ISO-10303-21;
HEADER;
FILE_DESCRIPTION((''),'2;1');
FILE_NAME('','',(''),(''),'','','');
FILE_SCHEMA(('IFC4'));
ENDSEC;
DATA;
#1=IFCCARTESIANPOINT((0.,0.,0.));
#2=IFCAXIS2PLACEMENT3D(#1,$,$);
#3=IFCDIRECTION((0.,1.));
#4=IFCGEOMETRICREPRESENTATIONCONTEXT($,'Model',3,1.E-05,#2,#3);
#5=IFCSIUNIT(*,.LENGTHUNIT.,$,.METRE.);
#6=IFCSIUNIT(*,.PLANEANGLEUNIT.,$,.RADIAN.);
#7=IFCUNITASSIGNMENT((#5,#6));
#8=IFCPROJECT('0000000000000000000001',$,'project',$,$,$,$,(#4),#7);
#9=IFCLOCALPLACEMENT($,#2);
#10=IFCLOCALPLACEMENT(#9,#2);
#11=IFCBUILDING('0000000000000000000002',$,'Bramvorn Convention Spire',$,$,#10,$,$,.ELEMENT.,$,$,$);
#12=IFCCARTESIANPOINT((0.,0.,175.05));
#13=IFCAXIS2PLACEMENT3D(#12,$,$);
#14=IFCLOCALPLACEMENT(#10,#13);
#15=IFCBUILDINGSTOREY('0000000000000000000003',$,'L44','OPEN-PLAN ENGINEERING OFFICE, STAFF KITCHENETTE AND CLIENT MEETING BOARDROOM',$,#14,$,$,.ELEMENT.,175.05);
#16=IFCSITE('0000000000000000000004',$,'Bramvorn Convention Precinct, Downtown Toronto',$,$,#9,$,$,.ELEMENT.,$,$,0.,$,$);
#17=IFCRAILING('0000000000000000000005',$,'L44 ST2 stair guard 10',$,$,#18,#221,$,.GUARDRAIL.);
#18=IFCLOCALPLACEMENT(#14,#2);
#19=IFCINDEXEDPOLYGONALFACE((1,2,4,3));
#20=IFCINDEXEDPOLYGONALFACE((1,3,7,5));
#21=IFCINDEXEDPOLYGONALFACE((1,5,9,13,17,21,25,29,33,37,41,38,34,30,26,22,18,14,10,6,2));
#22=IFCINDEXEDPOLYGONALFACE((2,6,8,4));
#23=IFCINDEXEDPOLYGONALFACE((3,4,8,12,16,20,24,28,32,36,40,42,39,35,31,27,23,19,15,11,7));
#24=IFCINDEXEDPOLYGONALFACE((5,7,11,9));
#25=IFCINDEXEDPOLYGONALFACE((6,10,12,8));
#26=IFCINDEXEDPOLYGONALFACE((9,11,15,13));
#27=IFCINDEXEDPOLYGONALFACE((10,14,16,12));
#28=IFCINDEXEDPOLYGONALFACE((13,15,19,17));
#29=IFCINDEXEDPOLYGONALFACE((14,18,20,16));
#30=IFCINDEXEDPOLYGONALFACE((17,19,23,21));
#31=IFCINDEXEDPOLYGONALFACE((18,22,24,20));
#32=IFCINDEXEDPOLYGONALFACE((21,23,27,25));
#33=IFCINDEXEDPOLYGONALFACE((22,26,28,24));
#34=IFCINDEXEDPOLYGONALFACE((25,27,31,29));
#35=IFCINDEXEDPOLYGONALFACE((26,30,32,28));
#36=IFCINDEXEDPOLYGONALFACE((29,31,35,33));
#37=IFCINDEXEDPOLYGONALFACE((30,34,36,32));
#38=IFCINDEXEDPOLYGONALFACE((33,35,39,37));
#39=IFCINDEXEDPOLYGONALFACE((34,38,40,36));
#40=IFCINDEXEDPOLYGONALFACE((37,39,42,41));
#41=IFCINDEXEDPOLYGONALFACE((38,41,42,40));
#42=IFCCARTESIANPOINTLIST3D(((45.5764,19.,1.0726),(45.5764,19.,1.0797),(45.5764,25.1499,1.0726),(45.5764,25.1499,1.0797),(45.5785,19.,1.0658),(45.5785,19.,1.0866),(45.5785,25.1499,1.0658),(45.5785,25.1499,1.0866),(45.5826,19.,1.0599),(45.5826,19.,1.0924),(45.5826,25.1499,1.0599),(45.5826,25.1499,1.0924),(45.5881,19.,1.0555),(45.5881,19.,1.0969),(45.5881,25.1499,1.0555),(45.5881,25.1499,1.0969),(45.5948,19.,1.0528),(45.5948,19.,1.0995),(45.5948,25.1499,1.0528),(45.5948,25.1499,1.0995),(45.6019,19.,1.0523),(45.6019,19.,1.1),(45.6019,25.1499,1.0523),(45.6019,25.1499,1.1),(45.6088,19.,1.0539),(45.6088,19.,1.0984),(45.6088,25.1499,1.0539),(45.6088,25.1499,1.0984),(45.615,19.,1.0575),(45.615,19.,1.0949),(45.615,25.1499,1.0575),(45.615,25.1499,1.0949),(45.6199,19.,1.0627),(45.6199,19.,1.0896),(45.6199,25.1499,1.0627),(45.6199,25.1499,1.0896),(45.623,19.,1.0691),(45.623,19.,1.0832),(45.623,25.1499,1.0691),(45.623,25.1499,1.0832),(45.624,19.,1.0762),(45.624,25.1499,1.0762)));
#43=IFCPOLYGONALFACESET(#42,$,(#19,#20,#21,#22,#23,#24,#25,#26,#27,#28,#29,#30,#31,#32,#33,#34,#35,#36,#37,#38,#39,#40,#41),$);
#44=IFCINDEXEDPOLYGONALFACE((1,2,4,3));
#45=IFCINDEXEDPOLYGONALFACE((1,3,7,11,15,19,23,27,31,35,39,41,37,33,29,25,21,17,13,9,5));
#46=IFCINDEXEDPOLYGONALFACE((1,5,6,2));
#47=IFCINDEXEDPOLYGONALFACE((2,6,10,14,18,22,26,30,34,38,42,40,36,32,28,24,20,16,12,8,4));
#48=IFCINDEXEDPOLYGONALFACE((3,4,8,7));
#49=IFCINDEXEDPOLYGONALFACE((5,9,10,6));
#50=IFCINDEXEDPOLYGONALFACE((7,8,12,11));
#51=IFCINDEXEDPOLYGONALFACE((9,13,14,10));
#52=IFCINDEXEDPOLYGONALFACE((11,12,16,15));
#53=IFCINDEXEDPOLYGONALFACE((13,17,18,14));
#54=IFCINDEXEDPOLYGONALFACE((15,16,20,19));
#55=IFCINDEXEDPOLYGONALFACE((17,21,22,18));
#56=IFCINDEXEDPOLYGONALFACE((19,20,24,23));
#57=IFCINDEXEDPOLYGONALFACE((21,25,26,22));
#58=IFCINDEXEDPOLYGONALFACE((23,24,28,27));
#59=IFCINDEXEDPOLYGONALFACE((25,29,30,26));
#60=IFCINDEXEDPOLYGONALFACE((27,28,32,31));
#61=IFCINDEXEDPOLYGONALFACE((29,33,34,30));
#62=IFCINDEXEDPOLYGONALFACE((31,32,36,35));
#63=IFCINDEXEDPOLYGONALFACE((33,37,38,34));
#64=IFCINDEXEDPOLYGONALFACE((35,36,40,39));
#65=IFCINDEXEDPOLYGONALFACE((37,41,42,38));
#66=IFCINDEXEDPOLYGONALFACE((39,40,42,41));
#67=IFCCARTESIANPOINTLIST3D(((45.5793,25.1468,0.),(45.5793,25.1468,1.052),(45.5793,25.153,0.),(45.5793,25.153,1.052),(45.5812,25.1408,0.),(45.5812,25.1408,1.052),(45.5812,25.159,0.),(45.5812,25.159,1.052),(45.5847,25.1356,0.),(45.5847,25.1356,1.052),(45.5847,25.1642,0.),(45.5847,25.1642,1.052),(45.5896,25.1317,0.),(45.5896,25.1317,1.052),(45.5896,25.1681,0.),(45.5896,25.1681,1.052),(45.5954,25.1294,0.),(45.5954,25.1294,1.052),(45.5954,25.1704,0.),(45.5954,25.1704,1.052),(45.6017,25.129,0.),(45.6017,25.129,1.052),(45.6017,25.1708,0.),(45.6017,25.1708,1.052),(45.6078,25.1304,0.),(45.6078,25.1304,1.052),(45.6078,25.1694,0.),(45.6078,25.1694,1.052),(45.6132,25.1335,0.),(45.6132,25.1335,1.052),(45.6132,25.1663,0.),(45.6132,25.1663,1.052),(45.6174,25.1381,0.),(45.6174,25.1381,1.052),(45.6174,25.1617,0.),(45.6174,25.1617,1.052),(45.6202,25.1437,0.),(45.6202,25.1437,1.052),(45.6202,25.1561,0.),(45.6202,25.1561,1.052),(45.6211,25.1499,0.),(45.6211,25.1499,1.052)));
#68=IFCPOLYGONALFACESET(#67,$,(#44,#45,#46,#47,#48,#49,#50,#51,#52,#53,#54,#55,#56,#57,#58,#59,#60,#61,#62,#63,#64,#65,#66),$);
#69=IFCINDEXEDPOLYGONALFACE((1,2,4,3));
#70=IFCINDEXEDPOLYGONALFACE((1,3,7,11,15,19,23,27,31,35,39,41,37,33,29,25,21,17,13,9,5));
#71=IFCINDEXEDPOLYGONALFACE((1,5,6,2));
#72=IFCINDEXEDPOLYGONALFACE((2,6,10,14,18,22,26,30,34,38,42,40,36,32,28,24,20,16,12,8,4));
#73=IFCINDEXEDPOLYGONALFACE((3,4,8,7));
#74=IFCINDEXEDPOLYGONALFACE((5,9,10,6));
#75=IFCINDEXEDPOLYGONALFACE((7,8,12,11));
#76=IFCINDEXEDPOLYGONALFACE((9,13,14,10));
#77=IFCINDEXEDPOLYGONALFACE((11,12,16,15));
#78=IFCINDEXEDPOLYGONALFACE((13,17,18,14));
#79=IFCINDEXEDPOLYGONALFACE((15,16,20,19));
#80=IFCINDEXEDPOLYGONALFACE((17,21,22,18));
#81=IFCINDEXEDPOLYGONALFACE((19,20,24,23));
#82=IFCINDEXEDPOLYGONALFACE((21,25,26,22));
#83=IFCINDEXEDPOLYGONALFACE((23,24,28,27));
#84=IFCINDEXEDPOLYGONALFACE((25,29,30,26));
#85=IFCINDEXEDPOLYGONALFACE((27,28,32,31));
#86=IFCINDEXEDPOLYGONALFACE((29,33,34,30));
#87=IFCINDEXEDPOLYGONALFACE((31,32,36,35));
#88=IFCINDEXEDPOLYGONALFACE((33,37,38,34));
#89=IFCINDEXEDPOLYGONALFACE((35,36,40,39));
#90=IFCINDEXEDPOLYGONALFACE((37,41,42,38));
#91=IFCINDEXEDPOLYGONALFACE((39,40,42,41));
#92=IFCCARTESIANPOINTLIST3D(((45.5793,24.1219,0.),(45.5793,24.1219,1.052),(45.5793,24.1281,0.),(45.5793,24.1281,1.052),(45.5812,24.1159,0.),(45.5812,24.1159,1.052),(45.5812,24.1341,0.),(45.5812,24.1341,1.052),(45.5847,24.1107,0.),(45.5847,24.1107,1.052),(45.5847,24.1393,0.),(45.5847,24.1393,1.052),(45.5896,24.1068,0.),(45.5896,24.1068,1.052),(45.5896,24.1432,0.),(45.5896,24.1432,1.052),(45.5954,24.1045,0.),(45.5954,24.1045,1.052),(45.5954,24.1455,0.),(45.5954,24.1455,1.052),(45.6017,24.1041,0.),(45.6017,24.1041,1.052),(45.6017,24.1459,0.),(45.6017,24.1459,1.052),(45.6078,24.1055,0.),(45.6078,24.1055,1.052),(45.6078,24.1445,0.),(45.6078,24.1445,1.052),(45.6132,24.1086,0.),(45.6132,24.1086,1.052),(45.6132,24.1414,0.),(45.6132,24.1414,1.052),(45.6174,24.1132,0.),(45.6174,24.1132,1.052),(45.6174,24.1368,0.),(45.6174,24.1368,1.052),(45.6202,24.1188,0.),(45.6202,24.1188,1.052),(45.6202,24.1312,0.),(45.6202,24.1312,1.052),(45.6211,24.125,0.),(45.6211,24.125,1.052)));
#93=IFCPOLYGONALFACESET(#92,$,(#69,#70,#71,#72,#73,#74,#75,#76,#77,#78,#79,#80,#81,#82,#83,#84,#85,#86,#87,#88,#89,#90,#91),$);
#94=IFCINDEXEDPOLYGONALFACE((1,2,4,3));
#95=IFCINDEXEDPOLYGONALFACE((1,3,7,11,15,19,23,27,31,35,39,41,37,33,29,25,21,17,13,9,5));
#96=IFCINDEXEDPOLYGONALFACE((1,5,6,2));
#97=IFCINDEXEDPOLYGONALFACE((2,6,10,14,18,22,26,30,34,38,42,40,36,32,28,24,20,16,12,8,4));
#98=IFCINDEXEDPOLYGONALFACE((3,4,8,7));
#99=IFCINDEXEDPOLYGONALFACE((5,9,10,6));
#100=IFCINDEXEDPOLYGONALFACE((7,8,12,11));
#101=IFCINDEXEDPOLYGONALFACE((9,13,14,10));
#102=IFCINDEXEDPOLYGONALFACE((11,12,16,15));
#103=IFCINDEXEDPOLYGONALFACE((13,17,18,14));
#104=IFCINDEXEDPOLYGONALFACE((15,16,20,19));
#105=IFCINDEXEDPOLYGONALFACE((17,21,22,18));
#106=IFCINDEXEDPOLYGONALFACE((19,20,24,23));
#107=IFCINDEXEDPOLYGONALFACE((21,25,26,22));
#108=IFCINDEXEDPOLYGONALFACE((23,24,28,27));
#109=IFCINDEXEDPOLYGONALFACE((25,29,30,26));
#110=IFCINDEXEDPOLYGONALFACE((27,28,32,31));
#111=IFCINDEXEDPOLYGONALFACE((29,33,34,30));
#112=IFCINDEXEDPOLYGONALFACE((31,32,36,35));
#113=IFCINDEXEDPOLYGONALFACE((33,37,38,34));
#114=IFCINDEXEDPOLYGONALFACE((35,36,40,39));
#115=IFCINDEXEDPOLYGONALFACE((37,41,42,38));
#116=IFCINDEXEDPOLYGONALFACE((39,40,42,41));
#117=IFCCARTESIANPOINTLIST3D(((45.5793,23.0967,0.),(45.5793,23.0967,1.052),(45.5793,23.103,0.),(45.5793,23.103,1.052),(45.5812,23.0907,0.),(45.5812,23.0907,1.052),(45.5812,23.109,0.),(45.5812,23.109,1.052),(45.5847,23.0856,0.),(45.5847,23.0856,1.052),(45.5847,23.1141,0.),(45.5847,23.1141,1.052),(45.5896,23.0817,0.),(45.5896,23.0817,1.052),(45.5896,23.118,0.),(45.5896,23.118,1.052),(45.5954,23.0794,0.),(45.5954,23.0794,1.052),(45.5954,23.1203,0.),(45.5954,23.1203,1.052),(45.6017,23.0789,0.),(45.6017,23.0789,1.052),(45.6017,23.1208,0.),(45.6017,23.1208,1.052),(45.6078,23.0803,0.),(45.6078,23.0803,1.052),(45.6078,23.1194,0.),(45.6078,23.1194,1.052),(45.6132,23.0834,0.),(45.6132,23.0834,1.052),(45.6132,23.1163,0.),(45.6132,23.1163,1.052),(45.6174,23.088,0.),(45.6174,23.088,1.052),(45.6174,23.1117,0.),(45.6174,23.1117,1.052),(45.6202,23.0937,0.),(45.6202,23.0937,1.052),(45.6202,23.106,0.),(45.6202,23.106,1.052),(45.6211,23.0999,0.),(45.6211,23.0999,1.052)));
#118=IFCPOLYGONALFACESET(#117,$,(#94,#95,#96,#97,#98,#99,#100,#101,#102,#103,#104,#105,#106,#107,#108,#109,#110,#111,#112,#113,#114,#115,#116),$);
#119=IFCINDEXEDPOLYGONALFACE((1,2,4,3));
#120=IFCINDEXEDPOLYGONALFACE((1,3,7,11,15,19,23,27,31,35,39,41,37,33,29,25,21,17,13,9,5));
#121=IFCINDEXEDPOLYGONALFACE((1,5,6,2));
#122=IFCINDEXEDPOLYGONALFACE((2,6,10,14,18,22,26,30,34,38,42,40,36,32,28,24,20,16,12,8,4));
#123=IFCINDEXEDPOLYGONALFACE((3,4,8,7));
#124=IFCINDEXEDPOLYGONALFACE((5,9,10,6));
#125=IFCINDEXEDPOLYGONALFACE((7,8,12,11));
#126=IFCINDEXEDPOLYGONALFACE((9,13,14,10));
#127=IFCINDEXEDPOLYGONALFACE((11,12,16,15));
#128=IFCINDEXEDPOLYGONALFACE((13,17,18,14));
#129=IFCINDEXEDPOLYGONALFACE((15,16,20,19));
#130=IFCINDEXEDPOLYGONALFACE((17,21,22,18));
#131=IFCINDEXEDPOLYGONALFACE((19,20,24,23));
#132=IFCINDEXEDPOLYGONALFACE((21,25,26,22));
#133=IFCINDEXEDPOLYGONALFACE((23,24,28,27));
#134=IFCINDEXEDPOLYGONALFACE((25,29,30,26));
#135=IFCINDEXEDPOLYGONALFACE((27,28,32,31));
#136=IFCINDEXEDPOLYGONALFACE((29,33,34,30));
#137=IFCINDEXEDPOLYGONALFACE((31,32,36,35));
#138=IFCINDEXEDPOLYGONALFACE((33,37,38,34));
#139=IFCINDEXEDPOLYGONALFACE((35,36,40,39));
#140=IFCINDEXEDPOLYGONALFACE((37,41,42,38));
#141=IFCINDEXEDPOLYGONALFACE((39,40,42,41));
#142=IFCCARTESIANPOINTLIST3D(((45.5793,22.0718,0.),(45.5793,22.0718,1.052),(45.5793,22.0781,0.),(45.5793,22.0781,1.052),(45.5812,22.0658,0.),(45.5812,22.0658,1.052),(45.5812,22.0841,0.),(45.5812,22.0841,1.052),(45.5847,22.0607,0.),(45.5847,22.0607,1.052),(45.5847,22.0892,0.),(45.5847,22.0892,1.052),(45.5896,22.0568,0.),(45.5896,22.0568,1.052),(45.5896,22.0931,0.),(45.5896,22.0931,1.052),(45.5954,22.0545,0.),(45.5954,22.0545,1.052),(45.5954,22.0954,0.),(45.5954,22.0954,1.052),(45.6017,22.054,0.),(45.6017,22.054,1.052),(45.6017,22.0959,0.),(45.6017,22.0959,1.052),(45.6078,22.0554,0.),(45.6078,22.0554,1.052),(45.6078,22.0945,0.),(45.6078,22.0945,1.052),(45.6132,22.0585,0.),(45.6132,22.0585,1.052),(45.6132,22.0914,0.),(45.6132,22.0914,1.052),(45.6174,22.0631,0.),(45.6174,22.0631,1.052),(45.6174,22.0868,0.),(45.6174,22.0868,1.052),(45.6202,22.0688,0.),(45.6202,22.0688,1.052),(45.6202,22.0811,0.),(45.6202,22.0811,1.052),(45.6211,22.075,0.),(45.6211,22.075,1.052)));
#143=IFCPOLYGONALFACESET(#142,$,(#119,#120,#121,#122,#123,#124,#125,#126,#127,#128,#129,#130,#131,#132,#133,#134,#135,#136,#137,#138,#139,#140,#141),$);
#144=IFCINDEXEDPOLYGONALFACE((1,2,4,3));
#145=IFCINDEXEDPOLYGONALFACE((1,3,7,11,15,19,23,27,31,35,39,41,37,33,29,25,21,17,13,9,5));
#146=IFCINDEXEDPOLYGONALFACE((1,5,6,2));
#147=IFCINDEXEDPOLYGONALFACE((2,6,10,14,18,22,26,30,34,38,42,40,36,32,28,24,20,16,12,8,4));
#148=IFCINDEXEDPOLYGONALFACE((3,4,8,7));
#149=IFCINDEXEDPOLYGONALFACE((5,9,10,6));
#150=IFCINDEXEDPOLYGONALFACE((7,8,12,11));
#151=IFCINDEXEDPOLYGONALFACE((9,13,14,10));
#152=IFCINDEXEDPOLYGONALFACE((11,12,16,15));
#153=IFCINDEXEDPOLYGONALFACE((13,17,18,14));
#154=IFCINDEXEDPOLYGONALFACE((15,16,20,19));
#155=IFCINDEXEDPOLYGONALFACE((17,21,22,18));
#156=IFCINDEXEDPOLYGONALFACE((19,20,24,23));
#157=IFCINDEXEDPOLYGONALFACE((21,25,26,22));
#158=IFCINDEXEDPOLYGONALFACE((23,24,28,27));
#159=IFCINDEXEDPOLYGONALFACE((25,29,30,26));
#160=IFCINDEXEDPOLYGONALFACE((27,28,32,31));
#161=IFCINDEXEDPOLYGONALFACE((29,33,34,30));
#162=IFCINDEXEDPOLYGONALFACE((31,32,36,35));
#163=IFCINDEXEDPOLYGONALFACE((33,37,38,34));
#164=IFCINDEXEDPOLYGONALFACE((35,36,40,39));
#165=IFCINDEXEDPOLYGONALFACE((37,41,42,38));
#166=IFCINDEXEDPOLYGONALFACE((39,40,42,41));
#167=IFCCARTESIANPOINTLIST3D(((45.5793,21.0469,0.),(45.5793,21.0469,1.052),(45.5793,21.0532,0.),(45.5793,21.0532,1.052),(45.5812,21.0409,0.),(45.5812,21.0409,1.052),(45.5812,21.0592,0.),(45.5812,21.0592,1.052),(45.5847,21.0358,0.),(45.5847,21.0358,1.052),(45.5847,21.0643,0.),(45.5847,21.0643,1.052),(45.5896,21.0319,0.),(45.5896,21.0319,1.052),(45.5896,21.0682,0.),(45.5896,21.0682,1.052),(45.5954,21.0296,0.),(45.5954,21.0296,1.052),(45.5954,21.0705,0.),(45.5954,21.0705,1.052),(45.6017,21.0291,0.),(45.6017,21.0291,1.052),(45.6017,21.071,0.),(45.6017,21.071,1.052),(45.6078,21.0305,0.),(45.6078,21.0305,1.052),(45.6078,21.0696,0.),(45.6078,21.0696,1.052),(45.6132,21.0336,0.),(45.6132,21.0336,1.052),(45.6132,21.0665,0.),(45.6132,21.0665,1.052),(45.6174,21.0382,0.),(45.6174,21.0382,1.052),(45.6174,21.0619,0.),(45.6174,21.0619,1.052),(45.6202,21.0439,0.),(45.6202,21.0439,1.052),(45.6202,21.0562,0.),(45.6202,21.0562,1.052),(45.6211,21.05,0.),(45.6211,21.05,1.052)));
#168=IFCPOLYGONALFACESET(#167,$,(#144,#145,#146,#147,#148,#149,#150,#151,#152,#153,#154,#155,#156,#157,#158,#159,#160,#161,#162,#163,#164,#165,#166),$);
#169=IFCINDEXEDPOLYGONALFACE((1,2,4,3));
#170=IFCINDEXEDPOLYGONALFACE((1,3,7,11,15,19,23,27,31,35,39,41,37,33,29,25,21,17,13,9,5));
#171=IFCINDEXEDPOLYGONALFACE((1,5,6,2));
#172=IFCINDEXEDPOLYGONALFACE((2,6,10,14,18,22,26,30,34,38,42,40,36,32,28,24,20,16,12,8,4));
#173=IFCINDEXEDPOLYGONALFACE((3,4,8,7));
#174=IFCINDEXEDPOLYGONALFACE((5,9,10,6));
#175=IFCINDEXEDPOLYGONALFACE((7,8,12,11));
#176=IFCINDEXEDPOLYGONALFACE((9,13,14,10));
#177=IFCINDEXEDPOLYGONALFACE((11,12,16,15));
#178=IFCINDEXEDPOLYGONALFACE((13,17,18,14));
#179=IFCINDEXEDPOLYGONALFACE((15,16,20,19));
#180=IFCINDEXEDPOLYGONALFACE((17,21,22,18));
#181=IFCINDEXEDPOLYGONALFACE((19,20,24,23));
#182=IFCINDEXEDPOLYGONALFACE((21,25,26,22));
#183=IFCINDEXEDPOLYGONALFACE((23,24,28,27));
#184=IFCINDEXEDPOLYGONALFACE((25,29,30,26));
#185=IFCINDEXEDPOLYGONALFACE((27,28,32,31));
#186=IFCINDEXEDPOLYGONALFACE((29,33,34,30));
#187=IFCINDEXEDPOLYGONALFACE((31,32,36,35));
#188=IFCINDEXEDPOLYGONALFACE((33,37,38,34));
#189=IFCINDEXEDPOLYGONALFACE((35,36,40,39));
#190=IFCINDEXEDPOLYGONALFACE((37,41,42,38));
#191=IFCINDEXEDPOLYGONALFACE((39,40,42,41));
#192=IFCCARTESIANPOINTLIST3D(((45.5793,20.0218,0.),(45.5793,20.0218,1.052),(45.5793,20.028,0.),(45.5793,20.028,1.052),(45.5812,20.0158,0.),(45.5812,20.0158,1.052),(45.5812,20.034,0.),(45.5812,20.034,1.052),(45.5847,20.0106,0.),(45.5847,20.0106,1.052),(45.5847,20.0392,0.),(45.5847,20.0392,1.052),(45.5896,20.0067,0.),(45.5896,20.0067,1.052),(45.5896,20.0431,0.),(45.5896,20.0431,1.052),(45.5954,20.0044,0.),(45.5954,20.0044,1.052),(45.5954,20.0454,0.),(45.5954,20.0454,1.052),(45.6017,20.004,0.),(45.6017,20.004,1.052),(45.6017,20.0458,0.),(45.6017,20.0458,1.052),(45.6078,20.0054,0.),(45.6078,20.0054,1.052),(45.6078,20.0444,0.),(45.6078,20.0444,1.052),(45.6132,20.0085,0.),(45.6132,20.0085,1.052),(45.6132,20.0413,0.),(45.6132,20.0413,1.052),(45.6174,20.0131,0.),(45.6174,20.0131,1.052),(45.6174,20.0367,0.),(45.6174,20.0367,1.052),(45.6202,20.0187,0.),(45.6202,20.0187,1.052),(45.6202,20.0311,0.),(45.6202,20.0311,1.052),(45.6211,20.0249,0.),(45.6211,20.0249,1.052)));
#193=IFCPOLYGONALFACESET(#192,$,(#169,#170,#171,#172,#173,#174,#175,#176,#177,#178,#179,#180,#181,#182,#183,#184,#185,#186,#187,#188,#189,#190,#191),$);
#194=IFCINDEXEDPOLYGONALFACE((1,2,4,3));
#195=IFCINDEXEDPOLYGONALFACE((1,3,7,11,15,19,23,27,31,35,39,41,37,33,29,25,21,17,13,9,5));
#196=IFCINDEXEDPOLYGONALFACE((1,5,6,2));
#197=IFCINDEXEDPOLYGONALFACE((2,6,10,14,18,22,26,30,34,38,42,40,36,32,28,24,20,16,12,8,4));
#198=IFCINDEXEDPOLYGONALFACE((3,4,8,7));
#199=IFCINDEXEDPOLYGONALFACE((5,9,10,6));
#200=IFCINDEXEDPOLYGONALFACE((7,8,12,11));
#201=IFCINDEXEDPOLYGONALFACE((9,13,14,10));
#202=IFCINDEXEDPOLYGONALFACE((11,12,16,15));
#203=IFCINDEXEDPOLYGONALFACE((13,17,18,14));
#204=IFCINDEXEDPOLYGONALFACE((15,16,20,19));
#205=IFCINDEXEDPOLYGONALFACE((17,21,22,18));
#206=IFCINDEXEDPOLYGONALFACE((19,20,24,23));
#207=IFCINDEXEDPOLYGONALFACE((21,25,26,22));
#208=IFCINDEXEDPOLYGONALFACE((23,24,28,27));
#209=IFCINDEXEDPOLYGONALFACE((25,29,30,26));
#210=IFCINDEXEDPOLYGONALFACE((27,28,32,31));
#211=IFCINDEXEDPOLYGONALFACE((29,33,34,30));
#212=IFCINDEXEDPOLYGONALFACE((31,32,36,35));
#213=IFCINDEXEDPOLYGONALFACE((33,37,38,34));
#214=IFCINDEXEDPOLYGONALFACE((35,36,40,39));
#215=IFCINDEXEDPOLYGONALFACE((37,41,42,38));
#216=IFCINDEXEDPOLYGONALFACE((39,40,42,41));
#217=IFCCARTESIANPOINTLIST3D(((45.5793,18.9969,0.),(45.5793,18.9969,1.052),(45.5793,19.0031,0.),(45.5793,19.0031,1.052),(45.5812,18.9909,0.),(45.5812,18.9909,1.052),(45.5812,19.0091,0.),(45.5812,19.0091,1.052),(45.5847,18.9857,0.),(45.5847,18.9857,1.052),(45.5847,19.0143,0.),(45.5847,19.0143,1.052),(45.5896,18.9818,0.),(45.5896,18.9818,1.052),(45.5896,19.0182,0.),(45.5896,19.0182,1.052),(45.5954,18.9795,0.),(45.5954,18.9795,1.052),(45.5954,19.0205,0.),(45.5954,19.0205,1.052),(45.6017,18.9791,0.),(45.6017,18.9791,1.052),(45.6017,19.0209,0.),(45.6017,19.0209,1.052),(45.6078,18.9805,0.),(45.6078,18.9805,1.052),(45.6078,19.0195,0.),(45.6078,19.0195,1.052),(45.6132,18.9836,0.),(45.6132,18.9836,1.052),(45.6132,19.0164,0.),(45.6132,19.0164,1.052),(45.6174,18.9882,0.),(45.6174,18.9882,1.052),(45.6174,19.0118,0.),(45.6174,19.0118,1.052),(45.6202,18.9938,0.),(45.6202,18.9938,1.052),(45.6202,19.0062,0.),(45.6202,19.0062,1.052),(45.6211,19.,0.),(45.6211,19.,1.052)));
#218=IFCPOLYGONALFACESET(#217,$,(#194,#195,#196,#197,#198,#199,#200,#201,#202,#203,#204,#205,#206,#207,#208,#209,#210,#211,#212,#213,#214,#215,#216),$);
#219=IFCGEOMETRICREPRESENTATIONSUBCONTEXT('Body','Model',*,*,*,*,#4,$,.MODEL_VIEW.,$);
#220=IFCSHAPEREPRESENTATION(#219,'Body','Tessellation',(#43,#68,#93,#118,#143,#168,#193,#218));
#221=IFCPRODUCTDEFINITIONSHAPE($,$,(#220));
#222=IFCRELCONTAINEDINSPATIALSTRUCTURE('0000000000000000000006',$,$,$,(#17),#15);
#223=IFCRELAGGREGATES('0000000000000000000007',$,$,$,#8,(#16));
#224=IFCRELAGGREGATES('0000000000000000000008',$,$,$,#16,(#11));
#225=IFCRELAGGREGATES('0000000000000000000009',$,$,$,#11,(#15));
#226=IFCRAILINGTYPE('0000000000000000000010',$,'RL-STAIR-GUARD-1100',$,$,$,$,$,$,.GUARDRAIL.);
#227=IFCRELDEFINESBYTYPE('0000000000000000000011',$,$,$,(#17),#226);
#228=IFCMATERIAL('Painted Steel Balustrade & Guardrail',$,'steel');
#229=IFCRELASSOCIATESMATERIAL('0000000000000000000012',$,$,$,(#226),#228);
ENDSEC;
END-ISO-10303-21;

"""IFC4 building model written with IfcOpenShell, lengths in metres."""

from ifc_helpers import new_model, si_unit, direction, frame, origin, origin_2d, place, context, subcontext, project, spatial, circle, extrude, material, type_object, element, save


model = new_model("IFC4")

# Units and contexts
model_context = context("Model", 3, precision=1e-05, world=origin(), true_north=direction((0.0, 1.0)))
body_context = subcontext(model_context, "Body", "Model", "MODEL_VIEW")
ifc_project = project(units=[si_unit("LENGTHUNIT", "METRE"), si_unit("PLANEANGLEUNIT", "RADIAN")], contexts=[model_context])

# Site, building, storey
site_placement = place(None, origin())
site = spatial("IfcSite", under=ifc_project, at=site_placement, Name="Bramvorn Convention Precinct, Downtown Toronto", CompositionType="ELEMENT", RefElevation=0.0)
building_placement = place(site_placement, origin())
building = spatial("IfcBuilding", under=site, at=building_placement, Name="Bramvorn Convention Spire", CompositionType="ELEMENT")
storey_placement = place(building_placement, frame((0.0, 0.0, 175.05)))
storey = spatial("IfcBuildingStorey", under=building, at=storey_placement, Name="L44", Description="OPEN-PLAN ENGINEERING OFFICE, STAFF KITCHENETTE AND CLIENT MEETING BOARDROOM", CompositionType="ELEMENT", Elevation=175.05)

# Railing
ifc_material_1 = material(Name="Painted Steel Balustrade & Guardrail", Category="steel")
railing_type_1 = type_object("IfcRailingType", Name="RL-STAIR-GUARD-1100", PredefinedType="GUARDRAIL", material=ifc_material_1)
railing_1_placement = place(storey_placement, frame((45.6001, 25.1499, 0.0)))
element("IfcRailing", 1, at=railing_1_placement, inside=storey, type_object=railing_type_1, Name="L44 ST2 stair guard 10", PredefinedType="GUARDRAIL", context=body_context, shape_type="SweptSolid", body=[
    extrude(circle(Radius=0.0239, at=origin_2d()), frame((0.0, 0.0, 1.0762), z_axis=(0.0, -1.0, 0.0), x_axis=(1.0, 0.0, 0.0)), (0.0, 0.0, 1.0), 6.1499),
    extrude(circle(Radius=0.021, at=origin_2d()), origin(), (0.0, 0.0, 1.0), 1.052),
    extrude(circle(Radius=0.021, at=origin_2d()), frame((0.0, -1.0249, 0.0)), (0.0, 0.0, 1.0), 1.052),
    extrude(circle(Radius=0.021, at=origin_2d()), frame((0.0, -2.05, 0.0)), (0.0, 0.0, 1.0), 1.052),
    extrude(circle(Radius=0.021, at=origin_2d()), frame((0.0, -3.075, 0.0)), (0.0, 0.0, 1.0), 1.052),
    extrude(circle(Radius=0.021, at=origin_2d()), frame((0.0, -4.0999, 0.0)), (0.0, 0.0, 1.0), 1.052),
    extrude(circle(Radius=0.021, at=origin_2d()), frame((0.0, -5.125, 0.0)), (0.0, 0.0, 1.0), 1.052),
    extrude(circle(Radius=0.021, at=origin_2d()), frame((0.0, -6.1499, 0.0)), (0.0, 0.0, 1.0), 1.052),
])

save(model, "model.ifc")
